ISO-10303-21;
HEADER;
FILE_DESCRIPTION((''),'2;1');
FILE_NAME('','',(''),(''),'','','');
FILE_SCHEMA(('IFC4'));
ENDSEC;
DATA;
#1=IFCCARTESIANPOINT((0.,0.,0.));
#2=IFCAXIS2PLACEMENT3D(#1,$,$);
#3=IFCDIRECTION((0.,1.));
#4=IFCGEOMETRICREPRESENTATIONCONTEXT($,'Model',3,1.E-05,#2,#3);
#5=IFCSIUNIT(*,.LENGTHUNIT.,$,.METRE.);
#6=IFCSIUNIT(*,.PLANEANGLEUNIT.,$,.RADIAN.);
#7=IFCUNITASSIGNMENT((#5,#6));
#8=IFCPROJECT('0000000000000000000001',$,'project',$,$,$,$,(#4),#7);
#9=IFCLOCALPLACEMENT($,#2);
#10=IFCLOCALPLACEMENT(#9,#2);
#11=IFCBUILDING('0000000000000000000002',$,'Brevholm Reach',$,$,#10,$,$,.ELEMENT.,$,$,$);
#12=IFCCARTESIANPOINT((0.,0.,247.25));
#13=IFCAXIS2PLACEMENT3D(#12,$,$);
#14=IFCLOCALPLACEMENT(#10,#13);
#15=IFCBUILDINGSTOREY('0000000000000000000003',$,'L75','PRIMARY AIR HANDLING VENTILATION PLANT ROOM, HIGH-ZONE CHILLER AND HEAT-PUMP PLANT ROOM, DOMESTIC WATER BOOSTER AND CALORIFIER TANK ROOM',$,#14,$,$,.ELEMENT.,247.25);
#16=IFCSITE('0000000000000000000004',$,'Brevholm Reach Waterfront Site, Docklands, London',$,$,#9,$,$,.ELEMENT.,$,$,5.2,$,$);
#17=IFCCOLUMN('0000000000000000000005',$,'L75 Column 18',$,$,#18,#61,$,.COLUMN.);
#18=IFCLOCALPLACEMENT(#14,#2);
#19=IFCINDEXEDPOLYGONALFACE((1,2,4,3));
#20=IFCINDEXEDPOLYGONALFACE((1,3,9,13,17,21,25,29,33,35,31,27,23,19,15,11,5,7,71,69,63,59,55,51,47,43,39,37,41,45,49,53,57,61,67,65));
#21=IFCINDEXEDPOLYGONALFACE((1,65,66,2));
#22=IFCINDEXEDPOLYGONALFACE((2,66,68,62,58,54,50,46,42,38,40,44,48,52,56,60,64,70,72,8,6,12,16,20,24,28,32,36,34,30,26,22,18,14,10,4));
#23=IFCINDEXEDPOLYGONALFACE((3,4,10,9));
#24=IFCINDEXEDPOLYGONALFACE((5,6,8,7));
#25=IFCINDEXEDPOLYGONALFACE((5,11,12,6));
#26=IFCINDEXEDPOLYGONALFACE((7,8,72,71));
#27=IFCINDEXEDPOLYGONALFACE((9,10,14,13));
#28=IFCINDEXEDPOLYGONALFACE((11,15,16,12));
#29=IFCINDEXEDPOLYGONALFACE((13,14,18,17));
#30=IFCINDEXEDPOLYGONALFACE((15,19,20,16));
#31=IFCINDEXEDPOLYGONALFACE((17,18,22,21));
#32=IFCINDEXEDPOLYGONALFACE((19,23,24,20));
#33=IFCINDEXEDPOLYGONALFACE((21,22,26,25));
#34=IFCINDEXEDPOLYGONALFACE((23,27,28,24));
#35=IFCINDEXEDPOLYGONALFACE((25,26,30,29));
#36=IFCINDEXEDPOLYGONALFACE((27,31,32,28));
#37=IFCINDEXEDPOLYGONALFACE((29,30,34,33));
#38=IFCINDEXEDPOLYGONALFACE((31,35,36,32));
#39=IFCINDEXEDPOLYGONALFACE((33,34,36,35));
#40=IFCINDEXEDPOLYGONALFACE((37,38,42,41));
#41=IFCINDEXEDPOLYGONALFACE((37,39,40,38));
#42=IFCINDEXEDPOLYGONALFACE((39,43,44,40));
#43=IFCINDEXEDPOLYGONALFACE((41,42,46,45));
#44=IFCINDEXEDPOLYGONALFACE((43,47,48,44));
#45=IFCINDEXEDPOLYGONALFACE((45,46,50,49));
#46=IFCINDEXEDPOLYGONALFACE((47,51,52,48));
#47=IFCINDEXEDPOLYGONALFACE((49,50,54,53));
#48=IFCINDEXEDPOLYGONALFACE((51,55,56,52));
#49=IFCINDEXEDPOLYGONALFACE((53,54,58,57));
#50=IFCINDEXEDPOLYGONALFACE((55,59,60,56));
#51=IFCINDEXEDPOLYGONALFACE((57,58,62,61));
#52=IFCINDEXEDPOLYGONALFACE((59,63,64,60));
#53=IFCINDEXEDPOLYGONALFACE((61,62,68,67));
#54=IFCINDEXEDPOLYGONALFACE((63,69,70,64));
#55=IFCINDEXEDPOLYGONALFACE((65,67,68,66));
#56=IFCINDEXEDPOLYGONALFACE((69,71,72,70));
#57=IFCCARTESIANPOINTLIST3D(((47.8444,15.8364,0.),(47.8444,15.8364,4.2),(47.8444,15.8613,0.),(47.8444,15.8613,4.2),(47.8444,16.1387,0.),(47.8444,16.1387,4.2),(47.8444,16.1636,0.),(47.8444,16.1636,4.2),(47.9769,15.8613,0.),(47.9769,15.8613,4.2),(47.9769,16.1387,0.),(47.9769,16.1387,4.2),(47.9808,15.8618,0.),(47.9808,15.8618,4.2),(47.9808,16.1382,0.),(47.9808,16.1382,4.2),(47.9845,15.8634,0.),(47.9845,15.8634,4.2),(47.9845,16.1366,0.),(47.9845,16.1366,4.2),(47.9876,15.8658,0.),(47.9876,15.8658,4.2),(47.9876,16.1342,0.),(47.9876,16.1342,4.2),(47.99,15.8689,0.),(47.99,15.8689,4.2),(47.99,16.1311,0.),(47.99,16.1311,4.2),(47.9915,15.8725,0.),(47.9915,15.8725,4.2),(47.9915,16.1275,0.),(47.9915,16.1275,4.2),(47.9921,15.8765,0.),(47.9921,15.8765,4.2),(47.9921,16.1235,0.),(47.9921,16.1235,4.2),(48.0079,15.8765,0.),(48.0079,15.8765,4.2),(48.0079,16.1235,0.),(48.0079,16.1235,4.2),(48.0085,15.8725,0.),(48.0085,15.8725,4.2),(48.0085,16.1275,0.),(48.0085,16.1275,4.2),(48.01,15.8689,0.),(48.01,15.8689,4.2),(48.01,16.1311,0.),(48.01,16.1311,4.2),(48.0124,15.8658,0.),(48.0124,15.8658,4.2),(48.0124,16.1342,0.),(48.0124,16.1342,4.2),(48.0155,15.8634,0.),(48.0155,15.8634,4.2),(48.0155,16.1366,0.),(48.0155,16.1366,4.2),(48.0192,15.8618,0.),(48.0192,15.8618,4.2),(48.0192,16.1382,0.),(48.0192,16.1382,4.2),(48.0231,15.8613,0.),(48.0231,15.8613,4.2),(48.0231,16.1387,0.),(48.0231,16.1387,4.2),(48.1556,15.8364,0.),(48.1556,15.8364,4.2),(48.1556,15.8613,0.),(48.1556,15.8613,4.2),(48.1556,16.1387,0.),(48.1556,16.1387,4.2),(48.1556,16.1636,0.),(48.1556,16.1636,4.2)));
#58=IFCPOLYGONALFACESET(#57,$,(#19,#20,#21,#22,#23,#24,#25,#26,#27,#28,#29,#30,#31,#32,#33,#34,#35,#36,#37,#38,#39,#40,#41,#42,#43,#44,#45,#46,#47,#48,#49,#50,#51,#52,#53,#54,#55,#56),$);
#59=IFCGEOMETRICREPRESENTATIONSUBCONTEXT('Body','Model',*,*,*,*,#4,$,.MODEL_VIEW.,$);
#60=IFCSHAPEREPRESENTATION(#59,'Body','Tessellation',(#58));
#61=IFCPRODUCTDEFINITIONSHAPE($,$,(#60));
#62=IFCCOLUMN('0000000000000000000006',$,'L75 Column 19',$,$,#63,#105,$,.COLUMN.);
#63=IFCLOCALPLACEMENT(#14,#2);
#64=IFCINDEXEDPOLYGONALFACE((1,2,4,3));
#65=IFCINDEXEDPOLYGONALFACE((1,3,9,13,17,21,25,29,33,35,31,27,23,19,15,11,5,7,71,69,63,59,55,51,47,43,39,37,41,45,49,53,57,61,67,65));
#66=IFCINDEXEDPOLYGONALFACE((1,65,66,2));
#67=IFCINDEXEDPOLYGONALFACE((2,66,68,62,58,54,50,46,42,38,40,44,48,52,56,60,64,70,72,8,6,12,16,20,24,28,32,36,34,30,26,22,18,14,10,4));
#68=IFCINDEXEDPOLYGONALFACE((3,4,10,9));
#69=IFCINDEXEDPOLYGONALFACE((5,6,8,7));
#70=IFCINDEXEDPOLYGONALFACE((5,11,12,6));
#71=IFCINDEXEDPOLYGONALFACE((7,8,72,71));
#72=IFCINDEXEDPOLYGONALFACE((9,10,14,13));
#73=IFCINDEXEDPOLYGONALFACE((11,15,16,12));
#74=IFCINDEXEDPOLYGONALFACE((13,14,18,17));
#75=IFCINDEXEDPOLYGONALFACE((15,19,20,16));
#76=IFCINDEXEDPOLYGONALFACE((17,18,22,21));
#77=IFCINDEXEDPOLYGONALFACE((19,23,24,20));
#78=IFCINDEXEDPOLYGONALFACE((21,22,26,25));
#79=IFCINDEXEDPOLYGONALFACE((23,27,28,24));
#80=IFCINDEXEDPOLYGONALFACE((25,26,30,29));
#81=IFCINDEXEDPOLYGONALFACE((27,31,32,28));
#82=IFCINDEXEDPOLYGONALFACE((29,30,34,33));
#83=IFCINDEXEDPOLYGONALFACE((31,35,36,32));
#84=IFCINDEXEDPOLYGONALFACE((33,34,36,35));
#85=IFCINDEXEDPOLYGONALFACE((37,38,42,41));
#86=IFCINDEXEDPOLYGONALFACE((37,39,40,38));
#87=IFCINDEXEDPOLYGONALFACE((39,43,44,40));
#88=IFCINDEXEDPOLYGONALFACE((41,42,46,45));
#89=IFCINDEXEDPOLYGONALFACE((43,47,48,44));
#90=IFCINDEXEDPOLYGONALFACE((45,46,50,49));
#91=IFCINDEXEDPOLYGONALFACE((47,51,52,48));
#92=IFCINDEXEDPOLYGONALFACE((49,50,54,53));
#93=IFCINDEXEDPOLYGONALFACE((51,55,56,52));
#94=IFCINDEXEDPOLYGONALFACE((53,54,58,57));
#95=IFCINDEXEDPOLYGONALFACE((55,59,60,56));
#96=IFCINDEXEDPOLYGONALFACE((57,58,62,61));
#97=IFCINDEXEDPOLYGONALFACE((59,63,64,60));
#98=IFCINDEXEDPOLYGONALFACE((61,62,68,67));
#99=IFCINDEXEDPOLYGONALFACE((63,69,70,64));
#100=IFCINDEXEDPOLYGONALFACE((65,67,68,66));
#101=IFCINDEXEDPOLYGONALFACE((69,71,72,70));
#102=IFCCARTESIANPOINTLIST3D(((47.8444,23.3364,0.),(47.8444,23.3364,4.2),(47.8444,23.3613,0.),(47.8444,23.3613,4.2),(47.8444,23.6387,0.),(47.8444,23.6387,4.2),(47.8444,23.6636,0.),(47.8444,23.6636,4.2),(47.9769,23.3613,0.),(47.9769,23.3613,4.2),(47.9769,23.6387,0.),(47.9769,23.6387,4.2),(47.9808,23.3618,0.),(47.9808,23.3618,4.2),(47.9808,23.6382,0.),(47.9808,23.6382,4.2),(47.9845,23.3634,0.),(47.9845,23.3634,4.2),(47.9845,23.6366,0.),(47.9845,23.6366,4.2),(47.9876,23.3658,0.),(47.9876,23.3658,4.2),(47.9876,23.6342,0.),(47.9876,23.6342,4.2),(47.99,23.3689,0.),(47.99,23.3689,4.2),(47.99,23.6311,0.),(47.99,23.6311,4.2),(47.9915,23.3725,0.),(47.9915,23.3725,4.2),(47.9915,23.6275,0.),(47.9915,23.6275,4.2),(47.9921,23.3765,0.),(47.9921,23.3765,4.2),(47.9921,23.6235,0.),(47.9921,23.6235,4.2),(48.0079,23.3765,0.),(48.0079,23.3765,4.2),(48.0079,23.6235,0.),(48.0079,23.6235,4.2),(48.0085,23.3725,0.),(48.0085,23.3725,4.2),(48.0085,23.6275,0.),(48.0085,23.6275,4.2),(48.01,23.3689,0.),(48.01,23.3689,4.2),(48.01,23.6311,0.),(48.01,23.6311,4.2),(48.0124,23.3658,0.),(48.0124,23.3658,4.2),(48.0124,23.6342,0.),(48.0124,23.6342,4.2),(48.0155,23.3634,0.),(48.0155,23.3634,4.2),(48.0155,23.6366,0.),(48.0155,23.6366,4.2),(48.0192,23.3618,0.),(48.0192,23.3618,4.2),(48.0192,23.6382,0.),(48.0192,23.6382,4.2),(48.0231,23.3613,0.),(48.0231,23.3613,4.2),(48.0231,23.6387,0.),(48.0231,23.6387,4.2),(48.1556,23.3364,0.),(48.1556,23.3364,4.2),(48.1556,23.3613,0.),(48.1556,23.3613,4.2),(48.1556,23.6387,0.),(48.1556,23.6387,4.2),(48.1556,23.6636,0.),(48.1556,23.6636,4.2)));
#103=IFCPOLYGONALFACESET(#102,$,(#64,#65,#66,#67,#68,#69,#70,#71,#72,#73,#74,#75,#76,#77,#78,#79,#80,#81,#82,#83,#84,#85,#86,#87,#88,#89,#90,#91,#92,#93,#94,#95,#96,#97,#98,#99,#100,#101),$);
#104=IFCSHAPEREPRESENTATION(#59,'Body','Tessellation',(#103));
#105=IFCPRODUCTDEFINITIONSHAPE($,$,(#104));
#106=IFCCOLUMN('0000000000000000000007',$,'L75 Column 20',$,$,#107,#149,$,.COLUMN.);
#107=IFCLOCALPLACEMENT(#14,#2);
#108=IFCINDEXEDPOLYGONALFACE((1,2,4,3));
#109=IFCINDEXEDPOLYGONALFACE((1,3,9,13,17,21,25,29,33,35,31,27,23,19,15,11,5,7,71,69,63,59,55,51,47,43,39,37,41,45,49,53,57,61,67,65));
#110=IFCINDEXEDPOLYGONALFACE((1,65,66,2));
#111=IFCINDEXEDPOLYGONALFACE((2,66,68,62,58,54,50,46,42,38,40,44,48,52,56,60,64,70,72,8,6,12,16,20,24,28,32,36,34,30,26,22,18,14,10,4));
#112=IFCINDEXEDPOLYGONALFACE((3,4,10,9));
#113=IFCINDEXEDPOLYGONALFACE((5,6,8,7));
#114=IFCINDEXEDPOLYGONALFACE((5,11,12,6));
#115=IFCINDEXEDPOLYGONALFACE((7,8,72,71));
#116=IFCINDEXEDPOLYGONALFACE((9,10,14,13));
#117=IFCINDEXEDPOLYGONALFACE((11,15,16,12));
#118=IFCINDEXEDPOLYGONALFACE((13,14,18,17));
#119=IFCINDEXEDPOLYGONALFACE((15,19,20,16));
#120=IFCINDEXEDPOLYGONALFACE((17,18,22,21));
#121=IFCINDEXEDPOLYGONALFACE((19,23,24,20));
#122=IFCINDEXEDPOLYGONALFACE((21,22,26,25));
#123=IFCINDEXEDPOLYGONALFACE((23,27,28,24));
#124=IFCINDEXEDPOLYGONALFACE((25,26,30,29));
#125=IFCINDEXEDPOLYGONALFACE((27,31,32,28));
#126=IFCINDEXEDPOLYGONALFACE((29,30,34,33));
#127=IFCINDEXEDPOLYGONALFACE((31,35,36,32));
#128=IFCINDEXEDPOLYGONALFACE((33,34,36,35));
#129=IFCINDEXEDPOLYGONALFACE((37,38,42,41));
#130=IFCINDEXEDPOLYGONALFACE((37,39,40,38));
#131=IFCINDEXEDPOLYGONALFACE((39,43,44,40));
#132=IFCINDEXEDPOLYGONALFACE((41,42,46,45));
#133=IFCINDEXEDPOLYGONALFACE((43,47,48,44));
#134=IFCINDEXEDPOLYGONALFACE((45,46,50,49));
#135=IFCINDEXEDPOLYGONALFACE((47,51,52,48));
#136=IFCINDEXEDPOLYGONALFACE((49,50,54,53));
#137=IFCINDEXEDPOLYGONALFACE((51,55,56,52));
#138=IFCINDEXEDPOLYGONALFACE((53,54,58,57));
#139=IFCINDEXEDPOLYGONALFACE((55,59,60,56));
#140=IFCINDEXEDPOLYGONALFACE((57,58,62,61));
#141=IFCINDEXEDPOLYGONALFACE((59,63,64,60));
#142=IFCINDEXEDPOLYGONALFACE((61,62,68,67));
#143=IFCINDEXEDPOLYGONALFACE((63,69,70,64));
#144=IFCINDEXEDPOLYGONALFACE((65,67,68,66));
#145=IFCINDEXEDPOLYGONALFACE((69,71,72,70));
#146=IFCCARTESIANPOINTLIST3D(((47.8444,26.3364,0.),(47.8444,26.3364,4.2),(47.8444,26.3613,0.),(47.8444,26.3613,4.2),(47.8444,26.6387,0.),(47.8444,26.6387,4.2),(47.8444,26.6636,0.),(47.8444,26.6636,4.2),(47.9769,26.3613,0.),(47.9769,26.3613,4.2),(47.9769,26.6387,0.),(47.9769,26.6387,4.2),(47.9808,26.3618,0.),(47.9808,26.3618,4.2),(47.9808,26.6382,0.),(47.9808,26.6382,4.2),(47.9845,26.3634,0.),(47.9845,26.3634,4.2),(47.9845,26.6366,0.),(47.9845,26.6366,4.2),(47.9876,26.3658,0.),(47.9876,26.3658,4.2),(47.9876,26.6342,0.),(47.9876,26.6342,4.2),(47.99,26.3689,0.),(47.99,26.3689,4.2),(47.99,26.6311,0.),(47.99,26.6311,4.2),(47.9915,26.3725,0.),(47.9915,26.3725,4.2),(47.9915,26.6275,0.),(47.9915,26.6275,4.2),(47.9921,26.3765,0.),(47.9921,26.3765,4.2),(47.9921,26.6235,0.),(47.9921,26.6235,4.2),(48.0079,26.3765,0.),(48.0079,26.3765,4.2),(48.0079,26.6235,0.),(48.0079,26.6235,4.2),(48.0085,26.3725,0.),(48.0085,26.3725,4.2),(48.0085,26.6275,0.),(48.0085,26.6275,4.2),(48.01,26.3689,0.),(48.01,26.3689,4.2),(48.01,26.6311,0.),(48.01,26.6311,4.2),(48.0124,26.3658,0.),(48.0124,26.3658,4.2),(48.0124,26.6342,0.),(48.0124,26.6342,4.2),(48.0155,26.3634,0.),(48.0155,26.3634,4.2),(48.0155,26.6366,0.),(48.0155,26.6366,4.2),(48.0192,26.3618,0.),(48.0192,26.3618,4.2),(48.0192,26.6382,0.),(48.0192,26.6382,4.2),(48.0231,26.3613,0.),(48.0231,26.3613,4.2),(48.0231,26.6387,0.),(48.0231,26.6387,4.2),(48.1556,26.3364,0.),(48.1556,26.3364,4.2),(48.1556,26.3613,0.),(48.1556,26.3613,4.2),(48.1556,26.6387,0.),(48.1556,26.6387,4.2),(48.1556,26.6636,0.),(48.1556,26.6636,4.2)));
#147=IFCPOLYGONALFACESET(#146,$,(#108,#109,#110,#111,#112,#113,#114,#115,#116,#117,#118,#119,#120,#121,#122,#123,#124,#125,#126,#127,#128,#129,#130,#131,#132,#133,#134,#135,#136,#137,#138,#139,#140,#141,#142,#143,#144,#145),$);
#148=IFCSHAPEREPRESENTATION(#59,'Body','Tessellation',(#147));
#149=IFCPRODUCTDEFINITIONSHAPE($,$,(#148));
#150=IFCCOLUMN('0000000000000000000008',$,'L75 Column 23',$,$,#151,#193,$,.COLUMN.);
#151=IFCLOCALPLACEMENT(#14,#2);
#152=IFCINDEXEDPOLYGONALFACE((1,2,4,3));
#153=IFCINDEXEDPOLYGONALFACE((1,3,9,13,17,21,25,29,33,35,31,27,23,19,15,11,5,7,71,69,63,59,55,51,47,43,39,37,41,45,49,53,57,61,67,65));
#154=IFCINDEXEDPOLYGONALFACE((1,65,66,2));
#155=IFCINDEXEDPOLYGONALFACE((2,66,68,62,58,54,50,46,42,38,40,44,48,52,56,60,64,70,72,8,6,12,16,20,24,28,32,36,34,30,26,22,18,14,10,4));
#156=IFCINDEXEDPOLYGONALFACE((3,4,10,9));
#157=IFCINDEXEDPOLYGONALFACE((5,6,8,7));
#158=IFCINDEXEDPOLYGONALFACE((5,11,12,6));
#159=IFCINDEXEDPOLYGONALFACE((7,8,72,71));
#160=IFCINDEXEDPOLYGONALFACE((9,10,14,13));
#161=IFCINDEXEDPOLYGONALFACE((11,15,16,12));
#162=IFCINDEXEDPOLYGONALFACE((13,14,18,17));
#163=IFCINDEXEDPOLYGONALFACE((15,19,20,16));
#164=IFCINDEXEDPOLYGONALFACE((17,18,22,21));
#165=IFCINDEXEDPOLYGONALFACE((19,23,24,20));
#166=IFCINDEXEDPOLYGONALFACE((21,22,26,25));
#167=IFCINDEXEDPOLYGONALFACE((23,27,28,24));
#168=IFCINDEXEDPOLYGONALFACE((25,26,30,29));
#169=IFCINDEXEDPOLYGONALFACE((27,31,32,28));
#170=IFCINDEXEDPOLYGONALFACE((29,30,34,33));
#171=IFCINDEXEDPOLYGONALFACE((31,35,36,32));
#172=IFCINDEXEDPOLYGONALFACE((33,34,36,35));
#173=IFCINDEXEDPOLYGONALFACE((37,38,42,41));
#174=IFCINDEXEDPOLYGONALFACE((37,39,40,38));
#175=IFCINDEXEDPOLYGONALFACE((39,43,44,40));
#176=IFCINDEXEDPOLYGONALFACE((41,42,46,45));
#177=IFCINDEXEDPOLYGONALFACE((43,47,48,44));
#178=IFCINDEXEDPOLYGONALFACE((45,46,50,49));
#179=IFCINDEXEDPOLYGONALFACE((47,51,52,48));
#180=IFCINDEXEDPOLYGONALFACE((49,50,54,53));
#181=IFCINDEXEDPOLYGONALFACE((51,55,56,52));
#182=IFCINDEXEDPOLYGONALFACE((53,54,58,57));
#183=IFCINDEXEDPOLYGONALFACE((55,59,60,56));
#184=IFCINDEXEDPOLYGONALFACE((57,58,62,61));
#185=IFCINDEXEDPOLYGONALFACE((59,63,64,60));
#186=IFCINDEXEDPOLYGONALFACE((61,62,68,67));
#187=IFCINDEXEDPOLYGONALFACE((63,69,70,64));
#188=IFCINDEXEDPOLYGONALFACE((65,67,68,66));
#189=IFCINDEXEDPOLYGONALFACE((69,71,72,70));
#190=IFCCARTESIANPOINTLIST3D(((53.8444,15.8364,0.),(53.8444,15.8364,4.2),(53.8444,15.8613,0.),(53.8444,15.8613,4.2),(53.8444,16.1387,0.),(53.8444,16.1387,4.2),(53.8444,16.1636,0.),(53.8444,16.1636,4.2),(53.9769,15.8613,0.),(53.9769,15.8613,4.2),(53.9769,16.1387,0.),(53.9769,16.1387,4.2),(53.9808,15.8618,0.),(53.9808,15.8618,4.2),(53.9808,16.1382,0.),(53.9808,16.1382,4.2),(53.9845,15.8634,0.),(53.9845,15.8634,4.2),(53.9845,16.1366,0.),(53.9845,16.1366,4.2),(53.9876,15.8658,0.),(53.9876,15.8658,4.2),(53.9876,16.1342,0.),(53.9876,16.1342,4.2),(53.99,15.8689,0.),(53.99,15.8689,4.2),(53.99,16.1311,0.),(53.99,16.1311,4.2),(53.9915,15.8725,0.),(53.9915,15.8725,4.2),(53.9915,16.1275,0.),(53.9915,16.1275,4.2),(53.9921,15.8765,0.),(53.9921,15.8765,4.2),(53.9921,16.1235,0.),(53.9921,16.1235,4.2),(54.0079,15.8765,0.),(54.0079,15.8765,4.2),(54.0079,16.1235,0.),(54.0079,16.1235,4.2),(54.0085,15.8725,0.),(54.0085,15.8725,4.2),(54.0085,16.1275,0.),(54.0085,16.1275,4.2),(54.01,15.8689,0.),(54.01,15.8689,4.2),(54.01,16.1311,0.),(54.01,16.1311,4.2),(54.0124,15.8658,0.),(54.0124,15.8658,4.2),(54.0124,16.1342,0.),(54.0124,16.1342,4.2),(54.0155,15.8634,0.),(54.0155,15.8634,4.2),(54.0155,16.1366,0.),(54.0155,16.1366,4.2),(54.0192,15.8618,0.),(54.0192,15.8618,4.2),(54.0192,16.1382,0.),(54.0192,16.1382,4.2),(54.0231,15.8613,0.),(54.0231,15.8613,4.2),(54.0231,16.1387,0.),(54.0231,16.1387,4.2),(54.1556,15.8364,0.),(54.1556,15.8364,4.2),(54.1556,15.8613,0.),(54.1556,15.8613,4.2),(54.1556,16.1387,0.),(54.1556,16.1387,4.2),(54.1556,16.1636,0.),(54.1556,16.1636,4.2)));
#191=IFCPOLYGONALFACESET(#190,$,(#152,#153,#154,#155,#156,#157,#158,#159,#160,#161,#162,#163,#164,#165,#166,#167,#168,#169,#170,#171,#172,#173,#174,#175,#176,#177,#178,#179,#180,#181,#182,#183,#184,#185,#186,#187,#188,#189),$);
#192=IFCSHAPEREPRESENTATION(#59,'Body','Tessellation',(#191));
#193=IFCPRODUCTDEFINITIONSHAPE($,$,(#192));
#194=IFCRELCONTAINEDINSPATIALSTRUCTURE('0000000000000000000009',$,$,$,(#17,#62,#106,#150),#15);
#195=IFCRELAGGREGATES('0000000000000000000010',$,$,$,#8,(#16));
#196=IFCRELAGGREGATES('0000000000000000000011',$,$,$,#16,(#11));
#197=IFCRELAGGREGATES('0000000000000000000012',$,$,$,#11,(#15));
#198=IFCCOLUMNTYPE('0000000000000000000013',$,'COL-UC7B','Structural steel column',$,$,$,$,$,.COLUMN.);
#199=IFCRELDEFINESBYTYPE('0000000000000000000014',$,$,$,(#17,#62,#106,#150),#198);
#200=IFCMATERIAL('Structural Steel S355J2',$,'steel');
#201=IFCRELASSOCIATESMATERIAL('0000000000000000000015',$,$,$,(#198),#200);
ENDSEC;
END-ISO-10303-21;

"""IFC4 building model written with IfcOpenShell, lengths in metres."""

from ifc_helpers import new_model, si_unit, direction, frame, origin, origin_2d, place, context, subcontext, project, spatial, i_section, extrude, material, material_profile, profile_set, type_object, element, save


model = new_model("IFC4")

# Units and contexts
model_context = context("Model", 3, precision=1e-05, world=origin(), true_north=direction((0.0, 1.0)))
body_context = subcontext(model_context, "Body", "Model", "MODEL_VIEW")
ifc_project = project(units=[si_unit("LENGTHUNIT", "METRE"), si_unit("PLANEANGLEUNIT", "RADIAN")], contexts=[model_context])

# Site, building, storey
site_placement = place(None, origin())
site = spatial("IfcSite", under=ifc_project, at=site_placement, Name="Brevholm Reach Waterfront Site, Docklands, London", CompositionType="ELEMENT", RefElevation=5.2)
building_placement = place(site_placement, origin())
building = spatial("IfcBuilding", under=site, at=building_placement, Name="Brevholm Reach", CompositionType="ELEMENT")
storey_placement = place(building_placement, frame((0.0, 0.0, 247.25)))
storey = spatial("IfcBuildingStorey", under=building, at=storey_placement, Name="L75", Description="PRIMARY AIR HANDLING VENTILATION PLANT ROOM, HIGH-ZONE CHILLER AND HEAT-PUMP PLANT ROOM, DOMESTIC WATER BOOSTER AND CALORIFIER TANK ROOM", CompositionType="ELEMENT", Elevation=247.25)

# Columns
ifc_material_1 = material(Name="Structural Steel S355J2", Category="steel")
ifc_material_profile_1 = material_profile(ifc_material_1, i_section(OverallWidth=0.3113, OverallDepth=0.3271, WebThickness=0.0159, FlangeThickness=0.0249, FilletRadius=0.0151, at=origin_2d()), Name="UKC 305x305x158")
ifc_profile_set_1 = profile_set([ifc_material_profile_1], Name="Structural Steel S355J2")
column_type = type_object("IfcColumnType", Name="COL-UC7B", Description="Structural steel column", PredefinedType="COLUMN", material=ifc_profile_set_1)
for number, where, z_axis, x_axis, name in (
    (1, (48.0, 16.0, 0.0), (0.0, 0.0, 1.0), (1.0, 0.0, 0.0), "L75 Column 18"),
    (2, (48.0, 23.5, 0.0), (0.0, 0.0, 1.0), (1.0, 0.0, 0.0), "L75 Column 19"),
    (3, (48.0, 26.5, 0.0), (0.0, 0.0, 1.0), (1.0, 0.0, 0.0), "L75 Column 20"),
    (4, (54.0, 16.0, 0.0), (0.0, 0.0, 1.0), (1.0, 0.0, 0.0), "L75 Column 23"),
):
    element("IfcColumn", number, at=place(storey_placement, frame(where, z_axis=z_axis, x_axis=x_axis)), inside=storey, type_object=column_type, Name=name, PredefinedType="COLUMN", context=body_context, shape_type="SweptSolid", body=[
        extrude(i_section(OverallWidth=0.3113, OverallDepth=0.3271, WebThickness=0.0159, FlangeThickness=0.0249, FilletRadius=0.0151, at=origin_2d()), origin(), (0.0, 0.0, 1.0), 4.2),
    ])

save(model, "model.ifc")
